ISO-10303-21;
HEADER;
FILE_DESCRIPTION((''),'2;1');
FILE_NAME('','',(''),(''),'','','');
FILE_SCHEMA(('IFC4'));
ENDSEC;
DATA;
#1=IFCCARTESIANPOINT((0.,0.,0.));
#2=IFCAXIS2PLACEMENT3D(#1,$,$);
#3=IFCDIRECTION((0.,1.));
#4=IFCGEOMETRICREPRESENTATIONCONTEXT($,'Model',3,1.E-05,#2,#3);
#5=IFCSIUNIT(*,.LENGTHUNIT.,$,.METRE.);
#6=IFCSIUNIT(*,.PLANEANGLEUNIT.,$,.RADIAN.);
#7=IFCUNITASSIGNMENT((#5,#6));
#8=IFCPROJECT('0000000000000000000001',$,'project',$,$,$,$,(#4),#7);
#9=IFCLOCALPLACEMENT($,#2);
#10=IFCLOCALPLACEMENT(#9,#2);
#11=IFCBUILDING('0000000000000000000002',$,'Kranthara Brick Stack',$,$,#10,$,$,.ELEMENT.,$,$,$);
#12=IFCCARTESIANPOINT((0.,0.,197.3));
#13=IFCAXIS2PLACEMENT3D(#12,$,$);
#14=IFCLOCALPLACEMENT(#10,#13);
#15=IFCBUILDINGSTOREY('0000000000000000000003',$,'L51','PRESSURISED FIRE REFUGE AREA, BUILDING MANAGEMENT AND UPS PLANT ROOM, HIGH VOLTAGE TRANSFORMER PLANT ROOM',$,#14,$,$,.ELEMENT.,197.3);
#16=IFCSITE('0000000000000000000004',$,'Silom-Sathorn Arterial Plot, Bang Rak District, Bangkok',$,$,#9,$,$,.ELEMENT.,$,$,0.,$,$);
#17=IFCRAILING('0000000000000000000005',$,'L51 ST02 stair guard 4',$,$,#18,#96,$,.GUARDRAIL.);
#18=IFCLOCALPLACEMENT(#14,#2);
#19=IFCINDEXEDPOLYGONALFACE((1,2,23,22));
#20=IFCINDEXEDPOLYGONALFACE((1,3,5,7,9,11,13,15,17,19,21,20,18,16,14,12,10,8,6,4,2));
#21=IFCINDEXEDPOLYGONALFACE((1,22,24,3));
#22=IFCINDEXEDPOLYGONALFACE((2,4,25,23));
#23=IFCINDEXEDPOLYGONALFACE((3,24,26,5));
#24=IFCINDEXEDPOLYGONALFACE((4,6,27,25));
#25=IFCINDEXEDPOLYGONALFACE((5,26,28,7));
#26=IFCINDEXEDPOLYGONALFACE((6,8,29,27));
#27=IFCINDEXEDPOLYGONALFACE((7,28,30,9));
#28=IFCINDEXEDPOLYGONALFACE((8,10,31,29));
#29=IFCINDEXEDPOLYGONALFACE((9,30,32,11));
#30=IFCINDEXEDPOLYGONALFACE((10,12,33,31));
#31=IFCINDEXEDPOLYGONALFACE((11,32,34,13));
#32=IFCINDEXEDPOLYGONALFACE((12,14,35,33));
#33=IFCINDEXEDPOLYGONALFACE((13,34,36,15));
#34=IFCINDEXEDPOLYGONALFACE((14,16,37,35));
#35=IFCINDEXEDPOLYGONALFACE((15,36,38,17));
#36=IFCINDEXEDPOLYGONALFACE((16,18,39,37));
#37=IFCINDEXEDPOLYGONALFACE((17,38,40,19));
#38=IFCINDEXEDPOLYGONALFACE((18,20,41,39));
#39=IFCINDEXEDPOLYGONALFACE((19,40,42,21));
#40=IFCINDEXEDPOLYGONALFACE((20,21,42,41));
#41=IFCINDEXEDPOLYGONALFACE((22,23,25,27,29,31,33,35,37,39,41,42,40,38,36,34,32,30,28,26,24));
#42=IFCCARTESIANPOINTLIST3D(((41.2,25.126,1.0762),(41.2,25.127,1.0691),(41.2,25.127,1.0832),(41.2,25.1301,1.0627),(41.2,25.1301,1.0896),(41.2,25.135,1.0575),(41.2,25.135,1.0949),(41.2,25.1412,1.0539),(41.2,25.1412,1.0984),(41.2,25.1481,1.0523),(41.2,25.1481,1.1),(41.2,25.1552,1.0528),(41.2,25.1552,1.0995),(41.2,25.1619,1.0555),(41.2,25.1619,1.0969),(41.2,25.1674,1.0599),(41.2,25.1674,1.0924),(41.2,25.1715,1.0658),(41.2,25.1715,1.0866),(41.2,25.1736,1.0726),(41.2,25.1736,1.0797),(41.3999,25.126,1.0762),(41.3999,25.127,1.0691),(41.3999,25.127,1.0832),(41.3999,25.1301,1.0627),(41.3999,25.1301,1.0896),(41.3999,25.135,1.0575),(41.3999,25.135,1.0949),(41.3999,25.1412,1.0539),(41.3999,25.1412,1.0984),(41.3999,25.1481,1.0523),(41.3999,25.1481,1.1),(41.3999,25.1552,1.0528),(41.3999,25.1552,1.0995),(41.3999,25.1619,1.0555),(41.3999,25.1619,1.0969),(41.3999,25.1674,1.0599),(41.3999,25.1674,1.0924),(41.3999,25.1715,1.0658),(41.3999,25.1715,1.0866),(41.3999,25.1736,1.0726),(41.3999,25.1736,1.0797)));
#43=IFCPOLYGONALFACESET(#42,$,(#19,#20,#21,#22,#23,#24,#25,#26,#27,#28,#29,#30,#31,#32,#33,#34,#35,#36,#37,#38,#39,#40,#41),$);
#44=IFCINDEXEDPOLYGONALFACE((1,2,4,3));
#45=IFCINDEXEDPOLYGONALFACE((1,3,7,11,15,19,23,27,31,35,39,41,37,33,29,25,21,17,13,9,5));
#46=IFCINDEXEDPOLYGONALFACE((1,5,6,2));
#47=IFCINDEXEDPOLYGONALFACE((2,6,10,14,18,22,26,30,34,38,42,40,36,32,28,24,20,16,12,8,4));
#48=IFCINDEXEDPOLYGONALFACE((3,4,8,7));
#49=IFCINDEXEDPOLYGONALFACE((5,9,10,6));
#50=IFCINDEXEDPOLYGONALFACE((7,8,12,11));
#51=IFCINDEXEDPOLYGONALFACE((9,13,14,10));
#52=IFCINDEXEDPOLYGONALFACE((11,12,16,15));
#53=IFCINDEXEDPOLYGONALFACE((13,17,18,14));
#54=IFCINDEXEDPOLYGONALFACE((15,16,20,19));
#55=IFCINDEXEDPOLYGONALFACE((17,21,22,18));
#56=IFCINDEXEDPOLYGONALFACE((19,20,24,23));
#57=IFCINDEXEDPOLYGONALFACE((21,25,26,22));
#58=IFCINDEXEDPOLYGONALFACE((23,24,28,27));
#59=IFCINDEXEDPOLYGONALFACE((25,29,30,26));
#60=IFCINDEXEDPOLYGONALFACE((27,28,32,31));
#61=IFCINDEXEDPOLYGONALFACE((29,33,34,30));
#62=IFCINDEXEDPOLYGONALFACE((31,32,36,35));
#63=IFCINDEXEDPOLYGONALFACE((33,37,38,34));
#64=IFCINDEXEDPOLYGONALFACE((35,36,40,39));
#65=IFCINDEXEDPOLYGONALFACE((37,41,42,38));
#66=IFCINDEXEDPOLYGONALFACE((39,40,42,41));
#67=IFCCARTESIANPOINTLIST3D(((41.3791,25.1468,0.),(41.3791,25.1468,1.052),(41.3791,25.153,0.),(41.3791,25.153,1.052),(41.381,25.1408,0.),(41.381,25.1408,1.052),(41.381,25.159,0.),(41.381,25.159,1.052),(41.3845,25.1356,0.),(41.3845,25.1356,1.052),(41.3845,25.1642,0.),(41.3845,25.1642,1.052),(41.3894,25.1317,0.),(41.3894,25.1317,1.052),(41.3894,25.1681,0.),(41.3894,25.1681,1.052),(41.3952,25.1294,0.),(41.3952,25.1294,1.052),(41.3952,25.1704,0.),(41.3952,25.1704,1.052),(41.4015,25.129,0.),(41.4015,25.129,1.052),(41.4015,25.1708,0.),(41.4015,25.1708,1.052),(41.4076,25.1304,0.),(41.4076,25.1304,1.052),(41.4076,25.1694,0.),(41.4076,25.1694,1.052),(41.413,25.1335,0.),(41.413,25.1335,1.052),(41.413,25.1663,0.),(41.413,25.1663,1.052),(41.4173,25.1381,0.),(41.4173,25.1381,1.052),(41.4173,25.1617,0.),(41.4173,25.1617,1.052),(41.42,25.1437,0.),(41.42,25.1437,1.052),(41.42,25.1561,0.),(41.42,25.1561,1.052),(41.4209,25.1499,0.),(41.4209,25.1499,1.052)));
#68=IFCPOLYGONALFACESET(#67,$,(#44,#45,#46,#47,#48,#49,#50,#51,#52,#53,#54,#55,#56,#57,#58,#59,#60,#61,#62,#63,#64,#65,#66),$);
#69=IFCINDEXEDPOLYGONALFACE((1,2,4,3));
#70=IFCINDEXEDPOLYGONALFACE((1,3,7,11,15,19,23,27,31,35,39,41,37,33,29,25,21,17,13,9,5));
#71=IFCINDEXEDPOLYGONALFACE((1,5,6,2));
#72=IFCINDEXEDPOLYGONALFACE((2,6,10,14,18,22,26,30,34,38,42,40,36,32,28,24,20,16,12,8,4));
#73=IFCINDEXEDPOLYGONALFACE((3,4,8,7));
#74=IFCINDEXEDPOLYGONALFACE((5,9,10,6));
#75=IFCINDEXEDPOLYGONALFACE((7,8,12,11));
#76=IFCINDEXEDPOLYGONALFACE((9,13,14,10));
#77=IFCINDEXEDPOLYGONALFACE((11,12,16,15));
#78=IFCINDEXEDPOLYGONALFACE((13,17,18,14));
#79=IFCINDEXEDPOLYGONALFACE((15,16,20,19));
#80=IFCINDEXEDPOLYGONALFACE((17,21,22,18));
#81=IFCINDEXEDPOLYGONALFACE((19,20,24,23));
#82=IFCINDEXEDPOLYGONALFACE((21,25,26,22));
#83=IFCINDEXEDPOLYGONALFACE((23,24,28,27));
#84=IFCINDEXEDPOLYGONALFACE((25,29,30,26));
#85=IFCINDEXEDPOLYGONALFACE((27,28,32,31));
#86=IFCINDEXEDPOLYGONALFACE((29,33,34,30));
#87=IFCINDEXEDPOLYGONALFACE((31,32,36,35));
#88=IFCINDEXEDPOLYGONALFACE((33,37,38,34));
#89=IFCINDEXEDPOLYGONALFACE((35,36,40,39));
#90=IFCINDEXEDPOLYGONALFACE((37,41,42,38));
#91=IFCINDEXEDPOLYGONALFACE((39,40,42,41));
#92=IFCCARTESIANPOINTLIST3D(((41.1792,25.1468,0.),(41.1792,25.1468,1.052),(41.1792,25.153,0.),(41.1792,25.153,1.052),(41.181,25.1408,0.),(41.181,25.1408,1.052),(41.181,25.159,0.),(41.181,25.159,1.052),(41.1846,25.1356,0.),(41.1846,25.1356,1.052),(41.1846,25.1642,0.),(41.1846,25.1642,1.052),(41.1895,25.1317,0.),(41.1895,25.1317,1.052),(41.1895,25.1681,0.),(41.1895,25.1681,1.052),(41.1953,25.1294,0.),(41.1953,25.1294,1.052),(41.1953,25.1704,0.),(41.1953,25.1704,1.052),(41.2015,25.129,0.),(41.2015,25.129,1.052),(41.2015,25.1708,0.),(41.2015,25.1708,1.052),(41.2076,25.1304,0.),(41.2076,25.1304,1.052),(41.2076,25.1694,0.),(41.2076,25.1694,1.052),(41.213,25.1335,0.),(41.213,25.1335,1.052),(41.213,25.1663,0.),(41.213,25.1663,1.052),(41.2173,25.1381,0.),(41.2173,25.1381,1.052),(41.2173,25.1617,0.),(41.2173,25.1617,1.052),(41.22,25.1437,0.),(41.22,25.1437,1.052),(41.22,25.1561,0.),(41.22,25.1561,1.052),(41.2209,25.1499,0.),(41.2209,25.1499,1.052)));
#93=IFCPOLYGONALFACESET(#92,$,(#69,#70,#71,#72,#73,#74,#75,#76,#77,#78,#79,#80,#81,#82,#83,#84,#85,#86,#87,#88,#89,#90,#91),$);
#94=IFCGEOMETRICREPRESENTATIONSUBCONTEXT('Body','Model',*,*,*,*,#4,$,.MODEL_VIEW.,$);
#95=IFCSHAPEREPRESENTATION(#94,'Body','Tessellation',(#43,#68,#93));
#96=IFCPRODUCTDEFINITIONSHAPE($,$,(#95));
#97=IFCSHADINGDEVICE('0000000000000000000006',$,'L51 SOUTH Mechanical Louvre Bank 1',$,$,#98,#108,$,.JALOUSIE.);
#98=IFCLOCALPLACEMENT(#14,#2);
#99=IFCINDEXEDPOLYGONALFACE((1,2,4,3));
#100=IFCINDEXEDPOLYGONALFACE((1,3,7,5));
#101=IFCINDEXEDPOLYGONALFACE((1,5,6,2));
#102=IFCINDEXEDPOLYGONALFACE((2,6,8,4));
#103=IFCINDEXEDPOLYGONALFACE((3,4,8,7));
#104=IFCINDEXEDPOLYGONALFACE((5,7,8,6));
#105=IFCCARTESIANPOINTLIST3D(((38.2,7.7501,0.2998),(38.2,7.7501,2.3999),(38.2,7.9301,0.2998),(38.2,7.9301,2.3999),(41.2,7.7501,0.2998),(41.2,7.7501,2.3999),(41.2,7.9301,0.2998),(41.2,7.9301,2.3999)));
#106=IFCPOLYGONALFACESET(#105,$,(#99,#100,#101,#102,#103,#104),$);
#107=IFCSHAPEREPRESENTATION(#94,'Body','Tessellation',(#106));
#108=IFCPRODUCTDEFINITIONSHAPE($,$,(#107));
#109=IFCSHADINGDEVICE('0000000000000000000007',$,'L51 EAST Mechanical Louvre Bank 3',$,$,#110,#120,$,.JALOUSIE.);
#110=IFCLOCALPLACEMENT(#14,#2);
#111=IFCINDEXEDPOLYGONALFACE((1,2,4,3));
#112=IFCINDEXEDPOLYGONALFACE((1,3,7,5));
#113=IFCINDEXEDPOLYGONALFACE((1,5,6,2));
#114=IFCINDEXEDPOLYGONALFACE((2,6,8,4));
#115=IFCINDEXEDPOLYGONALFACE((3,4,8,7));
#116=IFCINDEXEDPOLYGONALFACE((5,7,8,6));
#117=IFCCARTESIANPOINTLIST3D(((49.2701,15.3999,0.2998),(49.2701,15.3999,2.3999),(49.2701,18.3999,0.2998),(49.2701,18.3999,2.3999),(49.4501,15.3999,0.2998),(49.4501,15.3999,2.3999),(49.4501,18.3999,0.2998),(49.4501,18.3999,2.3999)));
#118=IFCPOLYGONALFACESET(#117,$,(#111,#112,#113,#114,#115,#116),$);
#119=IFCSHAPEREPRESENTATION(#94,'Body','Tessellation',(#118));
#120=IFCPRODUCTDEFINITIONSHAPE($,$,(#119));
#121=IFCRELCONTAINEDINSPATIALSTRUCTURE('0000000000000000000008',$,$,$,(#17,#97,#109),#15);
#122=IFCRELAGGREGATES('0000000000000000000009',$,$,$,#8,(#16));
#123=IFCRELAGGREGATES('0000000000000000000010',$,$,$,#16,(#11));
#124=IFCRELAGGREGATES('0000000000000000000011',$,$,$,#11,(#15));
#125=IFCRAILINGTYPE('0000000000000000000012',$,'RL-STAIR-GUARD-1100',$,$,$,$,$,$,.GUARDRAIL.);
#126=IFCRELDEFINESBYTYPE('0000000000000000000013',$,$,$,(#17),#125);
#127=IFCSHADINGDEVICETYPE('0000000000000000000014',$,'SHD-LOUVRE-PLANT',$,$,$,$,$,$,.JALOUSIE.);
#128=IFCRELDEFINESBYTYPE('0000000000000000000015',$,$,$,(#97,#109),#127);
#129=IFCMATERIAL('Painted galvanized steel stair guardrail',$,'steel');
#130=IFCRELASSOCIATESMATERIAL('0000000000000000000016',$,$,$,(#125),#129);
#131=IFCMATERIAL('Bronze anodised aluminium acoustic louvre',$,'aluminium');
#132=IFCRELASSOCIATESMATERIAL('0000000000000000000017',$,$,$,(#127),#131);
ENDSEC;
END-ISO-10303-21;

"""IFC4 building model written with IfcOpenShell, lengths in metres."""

from ifc_helpers import new_model, si_unit, direction, frame, origin, origin_2d, place, context, subcontext, project, spatial, rectangle, circle, extrude, material, type_object, element, save


model = new_model("IFC4")

# Units and contexts
model_context = context("Model", 3, precision=1e-05, world=origin(), true_north=direction((0.0, 1.0)))
body_context = subcontext(model_context, "Body", "Model", "MODEL_VIEW")
ifc_project = project(units=[si_unit("LENGTHUNIT", "METRE"), si_unit("PLANEANGLEUNIT", "RADIAN")], contexts=[model_context])

# Site, building, storey
site_placement = place(None, origin())
site = spatial("IfcSite", under=ifc_project, at=site_placement, Name="Silom-Sathorn Arterial Plot, Bang Rak District, Bangkok", CompositionType="ELEMENT", RefElevation=0.0)
building_placement = place(site_placement, origin())
building = spatial("IfcBuilding", under=site, at=building_placement, Name="Kranthara Brick Stack", CompositionType="ELEMENT")
storey_placement = place(building_placement, frame((0.0, 0.0, 197.3)))
storey = spatial("IfcBuildingStorey", under=building, at=storey_placement, Name="L51", Description="PRESSURISED FIRE REFUGE AREA, BUILDING MANAGEMENT AND UPS PLANT ROOM, HIGH VOLTAGE TRANSFORMER PLANT ROOM", CompositionType="ELEMENT", Elevation=197.3)

# Railing
ifc_material_1 = material(Name="Painted galvanized steel stair guardrail", Category="steel")
railing_type = type_object("IfcRailingType", Name="RL-STAIR-GUARD-1100", PredefinedType="GUARDRAIL", material=ifc_material_1)
railing_1_placement = place(storey_placement, frame((41.3999, 25.1499, 0.0)))
element("IfcRailing", 1, at=railing_1_placement, inside=storey, type_object=railing_type, Name="L51 ST02 stair guard 4", PredefinedType="GUARDRAIL", context=body_context, shape_type="SweptSolid", body=[
    extrude(circle(Radius=0.0239, at=origin_2d()), frame((0.0, 0.0, 1.0762), z_axis=(-1.0, 0.0, 0.0), x_axis=(0.0, -1.0, 0.0)), (0.0, 0.0, 1.0), 0.2),
    extrude(circle(Radius=0.021, at=origin_2d()), origin(), (0.0, 0.0, 1.0), 1.052),
    extrude(circle(Radius=0.021, at=origin_2d()), frame((-0.2, 0.0, 0.0)), (0.0, 0.0, 1.0), 1.052),
])

# Shading devices
ifc_material_2 = material(Name="Bronze anodised aluminium acoustic louvre", Category="aluminium")
shading_device_type = type_object("IfcShadingDeviceType", Name="SHD-LOUVRE-PLANT", PredefinedType="JALOUSIE", material=ifc_material_2)
for number, where, z_axis, x_axis, name in (
    (2, (39.7, 7.8401, 0.2998), (0.0, 0.0, 1.0), (-1.0, 0.0, 0.0), "L51 SOUTH Mechanical Louvre Bank 1"),
    (3, (49.3601, 16.8999, 0.2998), (0.0, 0.0, 1.0), (0.0, -1.0, 0.0), "L51 EAST Mechanical Louvre Bank 3"),
):
    element("IfcShadingDevice", number, at=place(storey_placement, frame(where, z_axis=z_axis, x_axis=x_axis)), inside=storey, type_object=shading_device_type, Name=name, PredefinedType="JALOUSIE", context=body_context, shape_type="SweptSolid", body=[
        extrude(rectangle(XDim=3.0, YDim=0.1799, at=origin_2d()), origin(), (0.0, 0.0, 1.0), 2.1001),
    ])

save(model, "model.ifc")
